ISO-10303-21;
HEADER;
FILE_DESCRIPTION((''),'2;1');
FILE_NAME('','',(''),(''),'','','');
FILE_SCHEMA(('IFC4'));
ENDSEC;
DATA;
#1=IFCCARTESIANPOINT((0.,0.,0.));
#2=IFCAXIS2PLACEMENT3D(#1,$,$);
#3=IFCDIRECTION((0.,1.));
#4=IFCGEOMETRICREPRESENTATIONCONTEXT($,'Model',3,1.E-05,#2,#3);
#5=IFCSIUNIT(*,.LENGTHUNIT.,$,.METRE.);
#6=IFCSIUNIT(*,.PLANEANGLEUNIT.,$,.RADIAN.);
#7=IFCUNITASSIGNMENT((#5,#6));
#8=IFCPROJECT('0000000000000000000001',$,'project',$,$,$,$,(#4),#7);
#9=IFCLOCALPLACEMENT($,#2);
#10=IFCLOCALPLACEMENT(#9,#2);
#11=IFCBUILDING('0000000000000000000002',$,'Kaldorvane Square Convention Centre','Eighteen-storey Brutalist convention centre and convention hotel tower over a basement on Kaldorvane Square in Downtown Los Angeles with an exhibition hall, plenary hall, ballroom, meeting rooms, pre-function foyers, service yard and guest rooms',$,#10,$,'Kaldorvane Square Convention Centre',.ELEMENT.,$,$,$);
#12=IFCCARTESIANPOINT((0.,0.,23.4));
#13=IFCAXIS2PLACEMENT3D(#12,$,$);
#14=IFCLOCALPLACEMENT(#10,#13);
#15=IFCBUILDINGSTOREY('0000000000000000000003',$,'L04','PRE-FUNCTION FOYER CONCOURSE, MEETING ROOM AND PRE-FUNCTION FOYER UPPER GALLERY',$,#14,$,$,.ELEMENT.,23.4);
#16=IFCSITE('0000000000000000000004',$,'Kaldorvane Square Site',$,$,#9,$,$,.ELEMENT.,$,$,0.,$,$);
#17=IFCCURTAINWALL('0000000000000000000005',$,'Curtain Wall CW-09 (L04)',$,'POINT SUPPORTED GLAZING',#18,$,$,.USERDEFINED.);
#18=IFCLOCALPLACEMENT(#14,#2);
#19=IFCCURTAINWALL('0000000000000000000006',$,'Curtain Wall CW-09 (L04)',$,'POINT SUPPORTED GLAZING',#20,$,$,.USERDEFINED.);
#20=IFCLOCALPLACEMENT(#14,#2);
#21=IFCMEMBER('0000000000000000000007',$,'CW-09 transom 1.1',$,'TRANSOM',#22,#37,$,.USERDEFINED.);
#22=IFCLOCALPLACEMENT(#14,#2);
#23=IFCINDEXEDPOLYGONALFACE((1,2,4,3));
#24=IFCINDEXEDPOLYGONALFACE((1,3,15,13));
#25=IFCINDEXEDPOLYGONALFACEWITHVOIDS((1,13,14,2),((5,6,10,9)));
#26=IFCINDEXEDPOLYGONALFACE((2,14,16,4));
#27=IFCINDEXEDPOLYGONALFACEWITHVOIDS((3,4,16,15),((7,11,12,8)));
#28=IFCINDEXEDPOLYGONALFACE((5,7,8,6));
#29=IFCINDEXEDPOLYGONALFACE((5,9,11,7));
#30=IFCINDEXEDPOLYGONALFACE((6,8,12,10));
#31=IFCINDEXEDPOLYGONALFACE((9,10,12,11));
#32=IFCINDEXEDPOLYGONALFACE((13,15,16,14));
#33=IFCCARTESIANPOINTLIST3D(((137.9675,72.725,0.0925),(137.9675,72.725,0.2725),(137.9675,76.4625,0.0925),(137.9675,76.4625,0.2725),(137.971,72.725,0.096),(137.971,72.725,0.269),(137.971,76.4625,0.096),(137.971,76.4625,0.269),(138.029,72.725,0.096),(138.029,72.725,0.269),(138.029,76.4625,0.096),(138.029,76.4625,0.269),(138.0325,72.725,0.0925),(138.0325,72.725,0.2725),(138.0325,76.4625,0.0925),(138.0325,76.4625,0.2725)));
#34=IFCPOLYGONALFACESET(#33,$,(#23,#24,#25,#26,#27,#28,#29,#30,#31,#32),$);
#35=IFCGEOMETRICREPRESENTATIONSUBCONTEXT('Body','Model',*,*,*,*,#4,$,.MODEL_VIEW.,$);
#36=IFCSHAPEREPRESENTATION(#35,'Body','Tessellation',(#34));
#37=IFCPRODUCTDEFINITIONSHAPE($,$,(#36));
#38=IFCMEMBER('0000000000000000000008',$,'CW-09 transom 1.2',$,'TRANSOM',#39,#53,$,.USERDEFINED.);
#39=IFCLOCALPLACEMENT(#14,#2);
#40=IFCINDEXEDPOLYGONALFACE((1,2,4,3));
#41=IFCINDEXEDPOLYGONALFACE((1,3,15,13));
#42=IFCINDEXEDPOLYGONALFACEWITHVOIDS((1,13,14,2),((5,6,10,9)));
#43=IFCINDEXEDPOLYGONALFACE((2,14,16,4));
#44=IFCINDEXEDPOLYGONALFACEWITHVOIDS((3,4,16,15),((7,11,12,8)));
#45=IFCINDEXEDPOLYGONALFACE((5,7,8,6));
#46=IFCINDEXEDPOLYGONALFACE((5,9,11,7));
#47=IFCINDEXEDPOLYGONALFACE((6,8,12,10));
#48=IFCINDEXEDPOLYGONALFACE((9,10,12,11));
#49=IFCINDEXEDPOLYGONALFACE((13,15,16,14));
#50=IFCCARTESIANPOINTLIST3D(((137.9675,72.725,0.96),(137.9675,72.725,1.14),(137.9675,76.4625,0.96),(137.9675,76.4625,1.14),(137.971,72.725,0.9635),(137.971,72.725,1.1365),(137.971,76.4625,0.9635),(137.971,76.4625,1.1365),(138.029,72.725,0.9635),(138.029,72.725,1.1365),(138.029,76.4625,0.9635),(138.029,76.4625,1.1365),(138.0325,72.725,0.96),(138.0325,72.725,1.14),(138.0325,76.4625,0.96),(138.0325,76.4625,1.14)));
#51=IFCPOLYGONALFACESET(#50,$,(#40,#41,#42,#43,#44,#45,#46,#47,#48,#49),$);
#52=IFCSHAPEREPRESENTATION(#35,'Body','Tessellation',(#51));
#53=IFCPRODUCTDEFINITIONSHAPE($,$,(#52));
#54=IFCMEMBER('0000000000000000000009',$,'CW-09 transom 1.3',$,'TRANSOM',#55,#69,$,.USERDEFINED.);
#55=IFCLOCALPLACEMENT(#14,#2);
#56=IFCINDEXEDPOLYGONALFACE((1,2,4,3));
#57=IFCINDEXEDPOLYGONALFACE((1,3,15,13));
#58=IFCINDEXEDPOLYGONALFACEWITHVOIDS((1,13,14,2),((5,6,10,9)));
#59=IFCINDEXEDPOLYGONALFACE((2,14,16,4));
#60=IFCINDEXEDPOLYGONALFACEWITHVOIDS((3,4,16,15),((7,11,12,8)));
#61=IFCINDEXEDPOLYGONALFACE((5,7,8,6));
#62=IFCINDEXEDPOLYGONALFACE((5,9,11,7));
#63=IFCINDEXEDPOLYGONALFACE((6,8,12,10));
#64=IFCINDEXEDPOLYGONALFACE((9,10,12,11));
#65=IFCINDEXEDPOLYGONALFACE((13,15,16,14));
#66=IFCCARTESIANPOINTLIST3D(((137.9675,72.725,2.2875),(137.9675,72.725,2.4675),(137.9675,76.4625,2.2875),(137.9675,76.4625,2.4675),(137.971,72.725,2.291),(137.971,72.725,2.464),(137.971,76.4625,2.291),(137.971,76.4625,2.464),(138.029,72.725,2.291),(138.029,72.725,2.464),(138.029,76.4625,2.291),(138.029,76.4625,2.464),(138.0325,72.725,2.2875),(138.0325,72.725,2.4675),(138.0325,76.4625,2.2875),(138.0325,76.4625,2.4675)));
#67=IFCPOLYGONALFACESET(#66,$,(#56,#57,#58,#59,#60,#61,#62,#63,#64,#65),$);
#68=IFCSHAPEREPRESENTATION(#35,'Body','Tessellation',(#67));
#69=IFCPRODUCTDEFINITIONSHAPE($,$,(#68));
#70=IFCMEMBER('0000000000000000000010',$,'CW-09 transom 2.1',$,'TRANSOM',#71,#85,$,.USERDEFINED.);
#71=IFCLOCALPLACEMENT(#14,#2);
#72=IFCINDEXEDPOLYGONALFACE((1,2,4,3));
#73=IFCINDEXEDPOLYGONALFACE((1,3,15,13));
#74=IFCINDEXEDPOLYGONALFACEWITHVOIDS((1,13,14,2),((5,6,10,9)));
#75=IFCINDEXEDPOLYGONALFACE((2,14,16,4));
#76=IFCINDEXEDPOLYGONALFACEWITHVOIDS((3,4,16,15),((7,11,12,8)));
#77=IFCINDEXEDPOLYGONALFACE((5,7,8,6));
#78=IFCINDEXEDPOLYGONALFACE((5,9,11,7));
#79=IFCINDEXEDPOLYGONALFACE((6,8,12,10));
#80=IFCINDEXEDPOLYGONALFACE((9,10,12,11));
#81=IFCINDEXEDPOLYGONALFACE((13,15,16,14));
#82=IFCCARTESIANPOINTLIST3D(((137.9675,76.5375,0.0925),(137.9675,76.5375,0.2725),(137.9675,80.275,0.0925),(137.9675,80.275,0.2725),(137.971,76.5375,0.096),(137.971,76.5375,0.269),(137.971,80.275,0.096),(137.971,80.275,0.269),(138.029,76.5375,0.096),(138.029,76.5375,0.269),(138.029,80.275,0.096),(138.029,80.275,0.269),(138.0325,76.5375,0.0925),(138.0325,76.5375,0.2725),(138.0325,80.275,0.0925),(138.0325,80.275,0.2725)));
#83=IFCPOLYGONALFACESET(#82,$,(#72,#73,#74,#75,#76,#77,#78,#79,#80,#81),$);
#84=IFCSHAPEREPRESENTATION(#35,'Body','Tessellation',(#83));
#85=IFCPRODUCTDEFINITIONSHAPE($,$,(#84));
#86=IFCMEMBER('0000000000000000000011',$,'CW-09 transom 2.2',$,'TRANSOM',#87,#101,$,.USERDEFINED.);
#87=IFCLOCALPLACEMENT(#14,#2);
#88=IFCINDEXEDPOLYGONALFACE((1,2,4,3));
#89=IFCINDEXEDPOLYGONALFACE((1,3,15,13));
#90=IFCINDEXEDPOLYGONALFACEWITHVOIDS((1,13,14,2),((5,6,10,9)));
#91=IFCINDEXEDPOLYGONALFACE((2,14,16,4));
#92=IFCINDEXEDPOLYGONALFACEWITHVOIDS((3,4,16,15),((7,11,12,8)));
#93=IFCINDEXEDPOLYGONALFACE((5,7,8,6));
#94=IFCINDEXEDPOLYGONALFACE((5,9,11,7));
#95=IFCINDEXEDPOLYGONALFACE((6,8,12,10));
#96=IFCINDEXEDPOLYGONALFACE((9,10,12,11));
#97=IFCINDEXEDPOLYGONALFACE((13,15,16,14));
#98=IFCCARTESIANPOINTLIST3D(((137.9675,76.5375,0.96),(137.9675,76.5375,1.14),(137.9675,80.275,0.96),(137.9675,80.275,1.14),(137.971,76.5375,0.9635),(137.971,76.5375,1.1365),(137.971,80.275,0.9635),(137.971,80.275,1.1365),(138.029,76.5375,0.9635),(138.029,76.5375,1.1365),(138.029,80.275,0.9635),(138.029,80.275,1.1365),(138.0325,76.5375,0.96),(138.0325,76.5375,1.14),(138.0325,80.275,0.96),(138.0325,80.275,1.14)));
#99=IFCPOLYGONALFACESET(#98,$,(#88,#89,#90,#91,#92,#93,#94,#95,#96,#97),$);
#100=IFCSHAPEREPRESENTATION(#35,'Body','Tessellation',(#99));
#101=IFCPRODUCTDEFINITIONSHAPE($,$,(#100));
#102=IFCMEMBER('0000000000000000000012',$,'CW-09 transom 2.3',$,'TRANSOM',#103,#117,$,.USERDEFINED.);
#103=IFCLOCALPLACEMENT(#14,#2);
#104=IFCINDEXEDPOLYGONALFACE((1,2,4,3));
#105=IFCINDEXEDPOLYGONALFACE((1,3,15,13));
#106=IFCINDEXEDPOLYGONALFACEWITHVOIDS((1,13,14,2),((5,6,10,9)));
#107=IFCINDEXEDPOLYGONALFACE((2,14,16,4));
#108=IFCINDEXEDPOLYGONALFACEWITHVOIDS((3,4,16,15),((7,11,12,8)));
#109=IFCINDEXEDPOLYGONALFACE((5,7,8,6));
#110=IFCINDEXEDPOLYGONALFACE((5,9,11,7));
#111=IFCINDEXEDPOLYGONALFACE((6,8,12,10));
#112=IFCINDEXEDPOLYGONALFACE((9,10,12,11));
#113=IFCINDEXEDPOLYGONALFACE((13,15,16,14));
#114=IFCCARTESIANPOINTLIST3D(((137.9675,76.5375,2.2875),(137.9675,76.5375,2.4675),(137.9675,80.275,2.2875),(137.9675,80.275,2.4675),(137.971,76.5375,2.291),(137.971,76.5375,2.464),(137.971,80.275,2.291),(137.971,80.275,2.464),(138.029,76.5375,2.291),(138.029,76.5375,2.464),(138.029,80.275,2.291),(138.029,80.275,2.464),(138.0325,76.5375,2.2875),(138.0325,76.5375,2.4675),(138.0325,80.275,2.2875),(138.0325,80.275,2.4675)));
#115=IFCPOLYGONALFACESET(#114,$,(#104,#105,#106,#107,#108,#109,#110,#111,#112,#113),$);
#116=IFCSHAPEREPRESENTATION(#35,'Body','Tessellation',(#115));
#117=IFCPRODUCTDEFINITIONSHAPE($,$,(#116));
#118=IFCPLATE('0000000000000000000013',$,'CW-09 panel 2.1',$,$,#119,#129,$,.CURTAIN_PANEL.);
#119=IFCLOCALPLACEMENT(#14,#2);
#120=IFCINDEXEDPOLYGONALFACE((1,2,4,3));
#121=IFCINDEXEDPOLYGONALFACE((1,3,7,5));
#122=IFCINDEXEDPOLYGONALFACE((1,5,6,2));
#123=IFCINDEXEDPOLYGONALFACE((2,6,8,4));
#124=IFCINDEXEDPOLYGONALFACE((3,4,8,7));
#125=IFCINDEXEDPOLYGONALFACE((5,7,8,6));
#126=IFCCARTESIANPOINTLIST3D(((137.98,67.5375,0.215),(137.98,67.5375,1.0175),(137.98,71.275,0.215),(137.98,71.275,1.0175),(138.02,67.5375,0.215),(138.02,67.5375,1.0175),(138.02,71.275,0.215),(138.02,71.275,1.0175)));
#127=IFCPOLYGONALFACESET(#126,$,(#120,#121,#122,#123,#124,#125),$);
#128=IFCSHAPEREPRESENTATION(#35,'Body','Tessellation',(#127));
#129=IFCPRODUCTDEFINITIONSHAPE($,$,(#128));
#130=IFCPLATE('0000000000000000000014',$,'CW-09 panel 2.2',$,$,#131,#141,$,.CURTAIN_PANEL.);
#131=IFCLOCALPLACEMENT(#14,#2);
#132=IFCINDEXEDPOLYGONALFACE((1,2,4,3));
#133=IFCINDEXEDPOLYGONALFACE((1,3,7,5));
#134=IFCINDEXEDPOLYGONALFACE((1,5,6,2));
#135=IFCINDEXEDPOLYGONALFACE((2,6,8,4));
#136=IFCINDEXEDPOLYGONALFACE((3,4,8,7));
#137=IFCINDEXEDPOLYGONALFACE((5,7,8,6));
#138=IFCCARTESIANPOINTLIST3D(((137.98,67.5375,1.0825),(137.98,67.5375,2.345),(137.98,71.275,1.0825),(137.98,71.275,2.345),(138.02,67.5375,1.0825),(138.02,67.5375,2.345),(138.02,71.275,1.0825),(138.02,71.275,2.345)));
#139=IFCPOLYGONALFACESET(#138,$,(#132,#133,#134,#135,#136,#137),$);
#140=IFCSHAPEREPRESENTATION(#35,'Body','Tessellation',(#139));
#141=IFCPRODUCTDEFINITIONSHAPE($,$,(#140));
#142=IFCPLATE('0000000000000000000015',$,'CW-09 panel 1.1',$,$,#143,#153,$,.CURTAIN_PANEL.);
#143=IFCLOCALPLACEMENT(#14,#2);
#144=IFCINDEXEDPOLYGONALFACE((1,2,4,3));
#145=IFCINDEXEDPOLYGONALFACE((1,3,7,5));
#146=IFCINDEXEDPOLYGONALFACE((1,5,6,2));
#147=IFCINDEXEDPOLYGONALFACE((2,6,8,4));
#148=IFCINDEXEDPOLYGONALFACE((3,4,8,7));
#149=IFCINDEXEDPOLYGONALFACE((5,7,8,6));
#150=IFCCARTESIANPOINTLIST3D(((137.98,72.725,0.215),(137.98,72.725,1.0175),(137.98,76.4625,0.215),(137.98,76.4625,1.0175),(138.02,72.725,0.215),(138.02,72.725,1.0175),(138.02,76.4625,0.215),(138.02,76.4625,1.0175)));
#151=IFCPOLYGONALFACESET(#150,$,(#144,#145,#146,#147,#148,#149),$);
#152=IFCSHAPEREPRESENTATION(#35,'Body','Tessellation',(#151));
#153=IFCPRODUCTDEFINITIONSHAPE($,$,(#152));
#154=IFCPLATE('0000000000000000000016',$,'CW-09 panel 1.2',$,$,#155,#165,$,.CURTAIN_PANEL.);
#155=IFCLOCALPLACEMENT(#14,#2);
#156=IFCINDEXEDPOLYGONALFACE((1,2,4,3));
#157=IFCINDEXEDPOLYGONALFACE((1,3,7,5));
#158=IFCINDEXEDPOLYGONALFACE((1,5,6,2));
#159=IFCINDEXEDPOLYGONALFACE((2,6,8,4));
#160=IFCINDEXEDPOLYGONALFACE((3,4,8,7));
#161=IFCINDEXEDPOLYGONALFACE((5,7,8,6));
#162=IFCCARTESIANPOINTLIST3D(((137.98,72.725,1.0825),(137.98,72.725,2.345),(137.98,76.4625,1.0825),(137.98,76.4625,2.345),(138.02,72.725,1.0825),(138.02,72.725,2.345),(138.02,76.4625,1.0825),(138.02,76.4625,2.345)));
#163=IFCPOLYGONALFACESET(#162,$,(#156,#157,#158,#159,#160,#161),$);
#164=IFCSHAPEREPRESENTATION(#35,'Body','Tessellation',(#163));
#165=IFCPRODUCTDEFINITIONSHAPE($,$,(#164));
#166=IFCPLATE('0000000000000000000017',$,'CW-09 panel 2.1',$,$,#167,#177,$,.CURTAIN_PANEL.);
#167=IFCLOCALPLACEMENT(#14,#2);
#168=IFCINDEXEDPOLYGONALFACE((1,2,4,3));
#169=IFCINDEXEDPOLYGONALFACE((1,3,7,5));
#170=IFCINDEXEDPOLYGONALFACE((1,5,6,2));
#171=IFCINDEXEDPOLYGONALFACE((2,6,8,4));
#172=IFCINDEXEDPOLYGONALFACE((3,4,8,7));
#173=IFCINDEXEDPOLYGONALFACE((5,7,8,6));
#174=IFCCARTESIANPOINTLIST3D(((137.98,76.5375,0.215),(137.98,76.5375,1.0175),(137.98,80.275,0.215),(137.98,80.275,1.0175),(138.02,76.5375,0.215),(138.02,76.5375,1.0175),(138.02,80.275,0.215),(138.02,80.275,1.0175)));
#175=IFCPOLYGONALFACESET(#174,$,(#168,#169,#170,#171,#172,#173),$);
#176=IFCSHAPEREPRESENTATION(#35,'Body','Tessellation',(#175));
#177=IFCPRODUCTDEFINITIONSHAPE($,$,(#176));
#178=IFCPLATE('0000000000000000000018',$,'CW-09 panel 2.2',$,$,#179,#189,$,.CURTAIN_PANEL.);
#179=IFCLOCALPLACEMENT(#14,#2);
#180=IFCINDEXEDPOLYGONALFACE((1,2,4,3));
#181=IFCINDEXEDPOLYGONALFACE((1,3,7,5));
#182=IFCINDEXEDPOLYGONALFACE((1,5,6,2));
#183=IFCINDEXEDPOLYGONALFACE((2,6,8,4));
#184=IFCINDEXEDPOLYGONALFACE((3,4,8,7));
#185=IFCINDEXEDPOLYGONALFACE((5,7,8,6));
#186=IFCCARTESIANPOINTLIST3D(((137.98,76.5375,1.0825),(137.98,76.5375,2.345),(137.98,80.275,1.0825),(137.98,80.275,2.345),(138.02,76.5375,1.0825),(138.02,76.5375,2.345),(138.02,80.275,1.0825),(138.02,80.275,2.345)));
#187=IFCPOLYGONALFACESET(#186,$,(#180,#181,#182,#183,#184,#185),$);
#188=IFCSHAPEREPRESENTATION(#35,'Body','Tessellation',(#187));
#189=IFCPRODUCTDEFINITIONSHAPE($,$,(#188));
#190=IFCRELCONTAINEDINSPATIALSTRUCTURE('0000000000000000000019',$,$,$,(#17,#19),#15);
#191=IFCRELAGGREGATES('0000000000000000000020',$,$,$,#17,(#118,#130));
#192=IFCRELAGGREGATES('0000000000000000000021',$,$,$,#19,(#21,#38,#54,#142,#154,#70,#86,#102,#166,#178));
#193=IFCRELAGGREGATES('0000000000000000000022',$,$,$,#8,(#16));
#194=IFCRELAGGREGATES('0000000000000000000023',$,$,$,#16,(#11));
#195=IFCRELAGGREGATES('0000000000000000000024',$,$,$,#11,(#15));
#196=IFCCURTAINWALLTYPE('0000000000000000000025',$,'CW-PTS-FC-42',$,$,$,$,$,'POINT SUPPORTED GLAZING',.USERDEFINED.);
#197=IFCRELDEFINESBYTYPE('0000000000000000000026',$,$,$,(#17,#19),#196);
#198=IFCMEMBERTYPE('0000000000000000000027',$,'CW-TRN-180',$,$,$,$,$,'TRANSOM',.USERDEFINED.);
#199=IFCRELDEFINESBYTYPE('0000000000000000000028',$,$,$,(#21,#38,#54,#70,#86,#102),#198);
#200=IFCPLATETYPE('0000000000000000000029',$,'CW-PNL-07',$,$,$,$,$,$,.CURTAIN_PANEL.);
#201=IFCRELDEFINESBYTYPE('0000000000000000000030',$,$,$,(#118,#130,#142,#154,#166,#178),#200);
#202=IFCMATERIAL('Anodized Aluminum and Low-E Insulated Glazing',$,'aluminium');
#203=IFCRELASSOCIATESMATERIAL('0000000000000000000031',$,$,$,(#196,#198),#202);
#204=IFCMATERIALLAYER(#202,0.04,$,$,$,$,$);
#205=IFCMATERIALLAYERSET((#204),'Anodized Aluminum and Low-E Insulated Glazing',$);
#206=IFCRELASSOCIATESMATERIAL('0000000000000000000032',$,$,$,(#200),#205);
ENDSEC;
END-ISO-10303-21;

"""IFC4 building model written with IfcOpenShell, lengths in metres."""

from ifc_helpers import new_model, si_unit, direction, frame, origin, origin_2d, place, context, subcontext, project, spatial, rectangle, hollow_rectangle, extrude, material, layer, layer_set, material_profile, profile_set, type_object, element, aggregate, save


model = new_model("IFC4")

# Units and contexts
model_context = context("Model", 3, precision=1e-05, world=origin(), true_north=direction((0.0, 1.0)))
body_context = subcontext(model_context, "Body", "Model", "MODEL_VIEW")
ifc_project = project(units=[si_unit("LENGTHUNIT", "METRE"), si_unit("PLANEANGLEUNIT", "RADIAN")], contexts=[model_context])

# Site, building, storey
site_placement = place(None, origin())
site = spatial("IfcSite", under=ifc_project, at=site_placement, Name="Kaldorvane Square Site", CompositionType="ELEMENT", RefElevation=0.0)
building_placement = place(site_placement, origin())
building = spatial("IfcBuilding", under=site, at=building_placement, Name="Kaldorvane Square Convention Centre", Description="Eighteen-storey Brutalist convention centre and convention hotel tower over a basement on Kaldorvane Square in Downtown Los Angeles with an exhibition hall, plenary hall, ballroom, meeting rooms, pre-function foyers, service yard and guest rooms", LongName="Kaldorvane Square Convention Centre", CompositionType="ELEMENT")
storey_placement = place(building_placement, frame((0.0, 0.0, 23.4)))
storey = spatial("IfcBuildingStorey", under=building, at=storey_placement, Name="L04", Description="PRE-FUNCTION FOYER CONCOURSE, MEETING ROOM AND PRE-FUNCTION FOYER UPPER GALLERY", CompositionType="ELEMENT", Elevation=23.4)

# Curtain walls
ifc_material_1 = material(Name="Anodized Aluminum and Low-E Insulated Glazing", Category="aluminium")
curtain_wall_type = type_object("IfcCurtainWallType", Name="CW-PTS-FC-42", ElementType="POINT SUPPORTED GLAZING", PredefinedType="USERDEFINED", material=ifc_material_1)
curtain_wall_1_placement = place(storey_placement, origin())
curtain_wall_1 = element("IfcCurtainWall", 1, at=curtain_wall_1_placement, inside=storey, type_object=curtain_wall_type, Name="Curtain Wall CW-09 (L04)", ObjectType="POINT SUPPORTED GLAZING", PredefinedType="USERDEFINED")
curtain_wall_2_placement = place(storey_placement, origin())
curtain_wall_2 = element("IfcCurtainWall", 2, at=curtain_wall_2_placement, inside=storey, type_object=curtain_wall_type, Name="Curtain Wall CW-09 (L04)", ObjectType="POINT SUPPORTED GLAZING", PredefinedType="USERDEFINED")

# Members
ifc_material_profile_1 = material_profile(ifc_material_1, hollow_rectangle(XDim=0.065, YDim=0.18, WallThickness=0.0035, at=origin_2d()), Name="CWT-180X65")
ifc_profile_set_1 = profile_set([ifc_material_profile_1], Name="Anodized Aluminum and Low-E Insulated Glazing")
member_type_1 = type_object("IfcMemberType", Name="CW-TRN-180", ElementType="TRANSOM", PredefinedType="USERDEFINED", material=ifc_profile_set_1)
member_1_placement = place(storey_placement, frame((138.0, 72.725, 0.1825), z_axis=(0.0, 1.0, 0.0), x_axis=(-1.0, 0.0, 0.0)))
member_1 = element("IfcMember", 3, at=member_1_placement, type_object=member_type_1, Name="CW-09 transom 1.1", ObjectType="TRANSOM", PredefinedType="USERDEFINED", context=body_context, shape_type="SweptSolid", body=[
    extrude(hollow_rectangle(XDim=0.065, YDim=0.18, WallThickness=0.0035, at=origin_2d()), origin(), (0.0, 0.0, 1.0), 3.7375),
])
member_2_placement = place(storey_placement, frame((138.0, 72.725, 1.05), z_axis=(0.0, 1.0, 0.0), x_axis=(-1.0, 0.0, 0.0)))
member_2 = element("IfcMember", 4, at=member_2_placement, type_object=member_type_1, Name="CW-09 transom 1.2", ObjectType="TRANSOM", PredefinedType="USERDEFINED", context=body_context, shape_type="SweptSolid", body=[
    extrude(hollow_rectangle(XDim=0.065, YDim=0.18, WallThickness=0.0035, at=origin_2d()), origin(), (0.0, 0.0, 1.0), 3.7375),
])
member_3_placement = place(storey_placement, frame((138.0, 72.725, 2.3775), z_axis=(0.0, 1.0, 0.0), x_axis=(-1.0, 0.0, 0.0)))
member_3 = element("IfcMember", 5, at=member_3_placement, type_object=member_type_1, Name="CW-09 transom 1.3", ObjectType="TRANSOM", PredefinedType="USERDEFINED", context=body_context, shape_type="SweptSolid", body=[
    extrude(hollow_rectangle(XDim=0.065, YDim=0.18, WallThickness=0.0035, at=origin_2d()), origin(), (0.0, 0.0, 1.0), 3.7375),
])
member_4_placement = place(storey_placement, frame((138.0, 76.5375, 0.1825), z_axis=(0.0, 1.0, 0.0), x_axis=(-1.0, 0.0, 0.0)))
member_4 = element("IfcMember", 6, at=member_4_placement, type_object=member_type_1, Name="CW-09 transom 2.1", ObjectType="TRANSOM", PredefinedType="USERDEFINED", context=body_context, shape_type="SweptSolid", body=[
    extrude(hollow_rectangle(XDim=0.065, YDim=0.18, WallThickness=0.0035, at=origin_2d()), origin(), (0.0, 0.0, 1.0), 3.7375),
])
member_5_placement = place(storey_placement, frame((138.0, 76.5375, 1.05), z_axis=(0.0, 1.0, 0.0), x_axis=(-1.0, 0.0, 0.0)))
member_5 = element("IfcMember", 7, at=member_5_placement, type_object=member_type_1, Name="CW-09 transom 2.2", ObjectType="TRANSOM", PredefinedType="USERDEFINED", context=body_context, shape_type="SweptSolid", body=[
    extrude(hollow_rectangle(XDim=0.065, YDim=0.18, WallThickness=0.0035, at=origin_2d()), origin(), (0.0, 0.0, 1.0), 3.7375),
])
member_6_placement = place(storey_placement, frame((138.0, 76.5375, 2.3775), z_axis=(0.0, 1.0, 0.0), x_axis=(-1.0, 0.0, 0.0)))
member_6 = element("IfcMember", 8, at=member_6_placement, type_object=member_type_1, Name="CW-09 transom 2.3", ObjectType="TRANSOM", PredefinedType="USERDEFINED", context=body_context, shape_type="SweptSolid", body=[
    extrude(hollow_rectangle(XDim=0.065, YDim=0.18, WallThickness=0.0035, at=origin_2d()), origin(), (0.0, 0.0, 1.0), 3.7375),
])

# Plates
ifc_layer_1 = layer(ifc_material_1, 0.04)
ifc_layer_set_1 = layer_set([ifc_layer_1], Name="Anodized Aluminum and Low-E Insulated Glazing")
plate_type = type_object("IfcPlateType", Name="CW-PNL-07", PredefinedType="CURTAIN_PANEL", material=ifc_layer_set_1)
plate_1_placement = place(storey_placement, frame((138.0, 69.4062, 0.215), z_axis=(0.0, 0.0, 1.0), x_axis=(0.0, 1.0, 0.0)))
plate_1 = element("IfcPlate", 9, at=plate_1_placement, type_object=plate_type, Name="CW-09 panel 2.1", PredefinedType="CURTAIN_PANEL", context=body_context, shape_type="SweptSolid", body=[
    extrude(rectangle(XDim=3.7375, YDim=0.04, at=origin_2d()), origin(), (0.0, 0.0, 1.0), 0.8025),
])
plate_2_placement = place(storey_placement, frame((138.0, 69.4062, 1.0825), z_axis=(0.0, 0.0, 1.0), x_axis=(0.0, 1.0, 0.0)))
plate_2 = element("IfcPlate", 10, at=plate_2_placement, type_object=plate_type, Name="CW-09 panel 2.2", PredefinedType="CURTAIN_PANEL", context=body_context, shape_type="SweptSolid", body=[
    extrude(rectangle(XDim=3.7375, YDim=0.04, at=origin_2d()), origin(), (0.0, 0.0, 1.0), 1.2625),
])
aggregate(curtain_wall_1, [plate_1, plate_2])
plate_3_placement = place(storey_placement, frame((138.0, 74.5938, 0.215), z_axis=(0.0, 0.0, 1.0), x_axis=(0.0, 1.0, 0.0)))
plate_3 = element("IfcPlate", 11, at=plate_3_placement, type_object=plate_type, Name="CW-09 panel 1.1", PredefinedType="CURTAIN_PANEL", context=body_context, shape_type="SweptSolid", body=[
    extrude(rectangle(XDim=3.7375, YDim=0.04, at=origin_2d()), origin(), (0.0, 0.0, 1.0), 0.8025),
])
plate_4_placement = place(storey_placement, frame((138.0, 74.5938, 1.0825), z_axis=(0.0, 0.0, 1.0), x_axis=(0.0, 1.0, 0.0)))
plate_4 = element("IfcPlate", 12, at=plate_4_placement, type_object=plate_type, Name="CW-09 panel 1.2", PredefinedType="CURTAIN_PANEL", context=body_context, shape_type="SweptSolid", body=[
    extrude(rectangle(XDim=3.7375, YDim=0.04, at=origin_2d()), origin(), (0.0, 0.0, 1.0), 1.2625),
])
plate_5_placement = place(storey_placement, frame((138.0, 78.4062, 0.215), z_axis=(0.0, 0.0, 1.0), x_axis=(0.0, 1.0, 0.0)))
plate_5 = element("IfcPlate", 13, at=plate_5_placement, type_object=plate_type, Name="CW-09 panel 2.1", PredefinedType="CURTAIN_PANEL", context=body_context, shape_type="SweptSolid", body=[
    extrude(rectangle(XDim=3.7375, YDim=0.04, at=origin_2d()), origin(), (0.0, 0.0, 1.0), 0.8025),
])
plate_6_placement = place(storey_placement, frame((138.0, 78.4062, 1.0825), z_axis=(0.0, 0.0, 1.0), x_axis=(0.0, 1.0, 0.0)))
plate_6 = element("IfcPlate", 14, at=plate_6_placement, type_object=plate_type, Name="CW-09 panel 2.2", PredefinedType="CURTAIN_PANEL", context=body_context, shape_type="SweptSolid", body=[
    extrude(rectangle(XDim=3.7375, YDim=0.04, at=origin_2d()), origin(), (0.0, 0.0, 1.0), 1.2625),
])
aggregate(curtain_wall_2, [member_1, member_2, member_3, plate_3, plate_4, member_4, member_5, member_6, plate_5, plate_6])

save(model, "model.ifc")
